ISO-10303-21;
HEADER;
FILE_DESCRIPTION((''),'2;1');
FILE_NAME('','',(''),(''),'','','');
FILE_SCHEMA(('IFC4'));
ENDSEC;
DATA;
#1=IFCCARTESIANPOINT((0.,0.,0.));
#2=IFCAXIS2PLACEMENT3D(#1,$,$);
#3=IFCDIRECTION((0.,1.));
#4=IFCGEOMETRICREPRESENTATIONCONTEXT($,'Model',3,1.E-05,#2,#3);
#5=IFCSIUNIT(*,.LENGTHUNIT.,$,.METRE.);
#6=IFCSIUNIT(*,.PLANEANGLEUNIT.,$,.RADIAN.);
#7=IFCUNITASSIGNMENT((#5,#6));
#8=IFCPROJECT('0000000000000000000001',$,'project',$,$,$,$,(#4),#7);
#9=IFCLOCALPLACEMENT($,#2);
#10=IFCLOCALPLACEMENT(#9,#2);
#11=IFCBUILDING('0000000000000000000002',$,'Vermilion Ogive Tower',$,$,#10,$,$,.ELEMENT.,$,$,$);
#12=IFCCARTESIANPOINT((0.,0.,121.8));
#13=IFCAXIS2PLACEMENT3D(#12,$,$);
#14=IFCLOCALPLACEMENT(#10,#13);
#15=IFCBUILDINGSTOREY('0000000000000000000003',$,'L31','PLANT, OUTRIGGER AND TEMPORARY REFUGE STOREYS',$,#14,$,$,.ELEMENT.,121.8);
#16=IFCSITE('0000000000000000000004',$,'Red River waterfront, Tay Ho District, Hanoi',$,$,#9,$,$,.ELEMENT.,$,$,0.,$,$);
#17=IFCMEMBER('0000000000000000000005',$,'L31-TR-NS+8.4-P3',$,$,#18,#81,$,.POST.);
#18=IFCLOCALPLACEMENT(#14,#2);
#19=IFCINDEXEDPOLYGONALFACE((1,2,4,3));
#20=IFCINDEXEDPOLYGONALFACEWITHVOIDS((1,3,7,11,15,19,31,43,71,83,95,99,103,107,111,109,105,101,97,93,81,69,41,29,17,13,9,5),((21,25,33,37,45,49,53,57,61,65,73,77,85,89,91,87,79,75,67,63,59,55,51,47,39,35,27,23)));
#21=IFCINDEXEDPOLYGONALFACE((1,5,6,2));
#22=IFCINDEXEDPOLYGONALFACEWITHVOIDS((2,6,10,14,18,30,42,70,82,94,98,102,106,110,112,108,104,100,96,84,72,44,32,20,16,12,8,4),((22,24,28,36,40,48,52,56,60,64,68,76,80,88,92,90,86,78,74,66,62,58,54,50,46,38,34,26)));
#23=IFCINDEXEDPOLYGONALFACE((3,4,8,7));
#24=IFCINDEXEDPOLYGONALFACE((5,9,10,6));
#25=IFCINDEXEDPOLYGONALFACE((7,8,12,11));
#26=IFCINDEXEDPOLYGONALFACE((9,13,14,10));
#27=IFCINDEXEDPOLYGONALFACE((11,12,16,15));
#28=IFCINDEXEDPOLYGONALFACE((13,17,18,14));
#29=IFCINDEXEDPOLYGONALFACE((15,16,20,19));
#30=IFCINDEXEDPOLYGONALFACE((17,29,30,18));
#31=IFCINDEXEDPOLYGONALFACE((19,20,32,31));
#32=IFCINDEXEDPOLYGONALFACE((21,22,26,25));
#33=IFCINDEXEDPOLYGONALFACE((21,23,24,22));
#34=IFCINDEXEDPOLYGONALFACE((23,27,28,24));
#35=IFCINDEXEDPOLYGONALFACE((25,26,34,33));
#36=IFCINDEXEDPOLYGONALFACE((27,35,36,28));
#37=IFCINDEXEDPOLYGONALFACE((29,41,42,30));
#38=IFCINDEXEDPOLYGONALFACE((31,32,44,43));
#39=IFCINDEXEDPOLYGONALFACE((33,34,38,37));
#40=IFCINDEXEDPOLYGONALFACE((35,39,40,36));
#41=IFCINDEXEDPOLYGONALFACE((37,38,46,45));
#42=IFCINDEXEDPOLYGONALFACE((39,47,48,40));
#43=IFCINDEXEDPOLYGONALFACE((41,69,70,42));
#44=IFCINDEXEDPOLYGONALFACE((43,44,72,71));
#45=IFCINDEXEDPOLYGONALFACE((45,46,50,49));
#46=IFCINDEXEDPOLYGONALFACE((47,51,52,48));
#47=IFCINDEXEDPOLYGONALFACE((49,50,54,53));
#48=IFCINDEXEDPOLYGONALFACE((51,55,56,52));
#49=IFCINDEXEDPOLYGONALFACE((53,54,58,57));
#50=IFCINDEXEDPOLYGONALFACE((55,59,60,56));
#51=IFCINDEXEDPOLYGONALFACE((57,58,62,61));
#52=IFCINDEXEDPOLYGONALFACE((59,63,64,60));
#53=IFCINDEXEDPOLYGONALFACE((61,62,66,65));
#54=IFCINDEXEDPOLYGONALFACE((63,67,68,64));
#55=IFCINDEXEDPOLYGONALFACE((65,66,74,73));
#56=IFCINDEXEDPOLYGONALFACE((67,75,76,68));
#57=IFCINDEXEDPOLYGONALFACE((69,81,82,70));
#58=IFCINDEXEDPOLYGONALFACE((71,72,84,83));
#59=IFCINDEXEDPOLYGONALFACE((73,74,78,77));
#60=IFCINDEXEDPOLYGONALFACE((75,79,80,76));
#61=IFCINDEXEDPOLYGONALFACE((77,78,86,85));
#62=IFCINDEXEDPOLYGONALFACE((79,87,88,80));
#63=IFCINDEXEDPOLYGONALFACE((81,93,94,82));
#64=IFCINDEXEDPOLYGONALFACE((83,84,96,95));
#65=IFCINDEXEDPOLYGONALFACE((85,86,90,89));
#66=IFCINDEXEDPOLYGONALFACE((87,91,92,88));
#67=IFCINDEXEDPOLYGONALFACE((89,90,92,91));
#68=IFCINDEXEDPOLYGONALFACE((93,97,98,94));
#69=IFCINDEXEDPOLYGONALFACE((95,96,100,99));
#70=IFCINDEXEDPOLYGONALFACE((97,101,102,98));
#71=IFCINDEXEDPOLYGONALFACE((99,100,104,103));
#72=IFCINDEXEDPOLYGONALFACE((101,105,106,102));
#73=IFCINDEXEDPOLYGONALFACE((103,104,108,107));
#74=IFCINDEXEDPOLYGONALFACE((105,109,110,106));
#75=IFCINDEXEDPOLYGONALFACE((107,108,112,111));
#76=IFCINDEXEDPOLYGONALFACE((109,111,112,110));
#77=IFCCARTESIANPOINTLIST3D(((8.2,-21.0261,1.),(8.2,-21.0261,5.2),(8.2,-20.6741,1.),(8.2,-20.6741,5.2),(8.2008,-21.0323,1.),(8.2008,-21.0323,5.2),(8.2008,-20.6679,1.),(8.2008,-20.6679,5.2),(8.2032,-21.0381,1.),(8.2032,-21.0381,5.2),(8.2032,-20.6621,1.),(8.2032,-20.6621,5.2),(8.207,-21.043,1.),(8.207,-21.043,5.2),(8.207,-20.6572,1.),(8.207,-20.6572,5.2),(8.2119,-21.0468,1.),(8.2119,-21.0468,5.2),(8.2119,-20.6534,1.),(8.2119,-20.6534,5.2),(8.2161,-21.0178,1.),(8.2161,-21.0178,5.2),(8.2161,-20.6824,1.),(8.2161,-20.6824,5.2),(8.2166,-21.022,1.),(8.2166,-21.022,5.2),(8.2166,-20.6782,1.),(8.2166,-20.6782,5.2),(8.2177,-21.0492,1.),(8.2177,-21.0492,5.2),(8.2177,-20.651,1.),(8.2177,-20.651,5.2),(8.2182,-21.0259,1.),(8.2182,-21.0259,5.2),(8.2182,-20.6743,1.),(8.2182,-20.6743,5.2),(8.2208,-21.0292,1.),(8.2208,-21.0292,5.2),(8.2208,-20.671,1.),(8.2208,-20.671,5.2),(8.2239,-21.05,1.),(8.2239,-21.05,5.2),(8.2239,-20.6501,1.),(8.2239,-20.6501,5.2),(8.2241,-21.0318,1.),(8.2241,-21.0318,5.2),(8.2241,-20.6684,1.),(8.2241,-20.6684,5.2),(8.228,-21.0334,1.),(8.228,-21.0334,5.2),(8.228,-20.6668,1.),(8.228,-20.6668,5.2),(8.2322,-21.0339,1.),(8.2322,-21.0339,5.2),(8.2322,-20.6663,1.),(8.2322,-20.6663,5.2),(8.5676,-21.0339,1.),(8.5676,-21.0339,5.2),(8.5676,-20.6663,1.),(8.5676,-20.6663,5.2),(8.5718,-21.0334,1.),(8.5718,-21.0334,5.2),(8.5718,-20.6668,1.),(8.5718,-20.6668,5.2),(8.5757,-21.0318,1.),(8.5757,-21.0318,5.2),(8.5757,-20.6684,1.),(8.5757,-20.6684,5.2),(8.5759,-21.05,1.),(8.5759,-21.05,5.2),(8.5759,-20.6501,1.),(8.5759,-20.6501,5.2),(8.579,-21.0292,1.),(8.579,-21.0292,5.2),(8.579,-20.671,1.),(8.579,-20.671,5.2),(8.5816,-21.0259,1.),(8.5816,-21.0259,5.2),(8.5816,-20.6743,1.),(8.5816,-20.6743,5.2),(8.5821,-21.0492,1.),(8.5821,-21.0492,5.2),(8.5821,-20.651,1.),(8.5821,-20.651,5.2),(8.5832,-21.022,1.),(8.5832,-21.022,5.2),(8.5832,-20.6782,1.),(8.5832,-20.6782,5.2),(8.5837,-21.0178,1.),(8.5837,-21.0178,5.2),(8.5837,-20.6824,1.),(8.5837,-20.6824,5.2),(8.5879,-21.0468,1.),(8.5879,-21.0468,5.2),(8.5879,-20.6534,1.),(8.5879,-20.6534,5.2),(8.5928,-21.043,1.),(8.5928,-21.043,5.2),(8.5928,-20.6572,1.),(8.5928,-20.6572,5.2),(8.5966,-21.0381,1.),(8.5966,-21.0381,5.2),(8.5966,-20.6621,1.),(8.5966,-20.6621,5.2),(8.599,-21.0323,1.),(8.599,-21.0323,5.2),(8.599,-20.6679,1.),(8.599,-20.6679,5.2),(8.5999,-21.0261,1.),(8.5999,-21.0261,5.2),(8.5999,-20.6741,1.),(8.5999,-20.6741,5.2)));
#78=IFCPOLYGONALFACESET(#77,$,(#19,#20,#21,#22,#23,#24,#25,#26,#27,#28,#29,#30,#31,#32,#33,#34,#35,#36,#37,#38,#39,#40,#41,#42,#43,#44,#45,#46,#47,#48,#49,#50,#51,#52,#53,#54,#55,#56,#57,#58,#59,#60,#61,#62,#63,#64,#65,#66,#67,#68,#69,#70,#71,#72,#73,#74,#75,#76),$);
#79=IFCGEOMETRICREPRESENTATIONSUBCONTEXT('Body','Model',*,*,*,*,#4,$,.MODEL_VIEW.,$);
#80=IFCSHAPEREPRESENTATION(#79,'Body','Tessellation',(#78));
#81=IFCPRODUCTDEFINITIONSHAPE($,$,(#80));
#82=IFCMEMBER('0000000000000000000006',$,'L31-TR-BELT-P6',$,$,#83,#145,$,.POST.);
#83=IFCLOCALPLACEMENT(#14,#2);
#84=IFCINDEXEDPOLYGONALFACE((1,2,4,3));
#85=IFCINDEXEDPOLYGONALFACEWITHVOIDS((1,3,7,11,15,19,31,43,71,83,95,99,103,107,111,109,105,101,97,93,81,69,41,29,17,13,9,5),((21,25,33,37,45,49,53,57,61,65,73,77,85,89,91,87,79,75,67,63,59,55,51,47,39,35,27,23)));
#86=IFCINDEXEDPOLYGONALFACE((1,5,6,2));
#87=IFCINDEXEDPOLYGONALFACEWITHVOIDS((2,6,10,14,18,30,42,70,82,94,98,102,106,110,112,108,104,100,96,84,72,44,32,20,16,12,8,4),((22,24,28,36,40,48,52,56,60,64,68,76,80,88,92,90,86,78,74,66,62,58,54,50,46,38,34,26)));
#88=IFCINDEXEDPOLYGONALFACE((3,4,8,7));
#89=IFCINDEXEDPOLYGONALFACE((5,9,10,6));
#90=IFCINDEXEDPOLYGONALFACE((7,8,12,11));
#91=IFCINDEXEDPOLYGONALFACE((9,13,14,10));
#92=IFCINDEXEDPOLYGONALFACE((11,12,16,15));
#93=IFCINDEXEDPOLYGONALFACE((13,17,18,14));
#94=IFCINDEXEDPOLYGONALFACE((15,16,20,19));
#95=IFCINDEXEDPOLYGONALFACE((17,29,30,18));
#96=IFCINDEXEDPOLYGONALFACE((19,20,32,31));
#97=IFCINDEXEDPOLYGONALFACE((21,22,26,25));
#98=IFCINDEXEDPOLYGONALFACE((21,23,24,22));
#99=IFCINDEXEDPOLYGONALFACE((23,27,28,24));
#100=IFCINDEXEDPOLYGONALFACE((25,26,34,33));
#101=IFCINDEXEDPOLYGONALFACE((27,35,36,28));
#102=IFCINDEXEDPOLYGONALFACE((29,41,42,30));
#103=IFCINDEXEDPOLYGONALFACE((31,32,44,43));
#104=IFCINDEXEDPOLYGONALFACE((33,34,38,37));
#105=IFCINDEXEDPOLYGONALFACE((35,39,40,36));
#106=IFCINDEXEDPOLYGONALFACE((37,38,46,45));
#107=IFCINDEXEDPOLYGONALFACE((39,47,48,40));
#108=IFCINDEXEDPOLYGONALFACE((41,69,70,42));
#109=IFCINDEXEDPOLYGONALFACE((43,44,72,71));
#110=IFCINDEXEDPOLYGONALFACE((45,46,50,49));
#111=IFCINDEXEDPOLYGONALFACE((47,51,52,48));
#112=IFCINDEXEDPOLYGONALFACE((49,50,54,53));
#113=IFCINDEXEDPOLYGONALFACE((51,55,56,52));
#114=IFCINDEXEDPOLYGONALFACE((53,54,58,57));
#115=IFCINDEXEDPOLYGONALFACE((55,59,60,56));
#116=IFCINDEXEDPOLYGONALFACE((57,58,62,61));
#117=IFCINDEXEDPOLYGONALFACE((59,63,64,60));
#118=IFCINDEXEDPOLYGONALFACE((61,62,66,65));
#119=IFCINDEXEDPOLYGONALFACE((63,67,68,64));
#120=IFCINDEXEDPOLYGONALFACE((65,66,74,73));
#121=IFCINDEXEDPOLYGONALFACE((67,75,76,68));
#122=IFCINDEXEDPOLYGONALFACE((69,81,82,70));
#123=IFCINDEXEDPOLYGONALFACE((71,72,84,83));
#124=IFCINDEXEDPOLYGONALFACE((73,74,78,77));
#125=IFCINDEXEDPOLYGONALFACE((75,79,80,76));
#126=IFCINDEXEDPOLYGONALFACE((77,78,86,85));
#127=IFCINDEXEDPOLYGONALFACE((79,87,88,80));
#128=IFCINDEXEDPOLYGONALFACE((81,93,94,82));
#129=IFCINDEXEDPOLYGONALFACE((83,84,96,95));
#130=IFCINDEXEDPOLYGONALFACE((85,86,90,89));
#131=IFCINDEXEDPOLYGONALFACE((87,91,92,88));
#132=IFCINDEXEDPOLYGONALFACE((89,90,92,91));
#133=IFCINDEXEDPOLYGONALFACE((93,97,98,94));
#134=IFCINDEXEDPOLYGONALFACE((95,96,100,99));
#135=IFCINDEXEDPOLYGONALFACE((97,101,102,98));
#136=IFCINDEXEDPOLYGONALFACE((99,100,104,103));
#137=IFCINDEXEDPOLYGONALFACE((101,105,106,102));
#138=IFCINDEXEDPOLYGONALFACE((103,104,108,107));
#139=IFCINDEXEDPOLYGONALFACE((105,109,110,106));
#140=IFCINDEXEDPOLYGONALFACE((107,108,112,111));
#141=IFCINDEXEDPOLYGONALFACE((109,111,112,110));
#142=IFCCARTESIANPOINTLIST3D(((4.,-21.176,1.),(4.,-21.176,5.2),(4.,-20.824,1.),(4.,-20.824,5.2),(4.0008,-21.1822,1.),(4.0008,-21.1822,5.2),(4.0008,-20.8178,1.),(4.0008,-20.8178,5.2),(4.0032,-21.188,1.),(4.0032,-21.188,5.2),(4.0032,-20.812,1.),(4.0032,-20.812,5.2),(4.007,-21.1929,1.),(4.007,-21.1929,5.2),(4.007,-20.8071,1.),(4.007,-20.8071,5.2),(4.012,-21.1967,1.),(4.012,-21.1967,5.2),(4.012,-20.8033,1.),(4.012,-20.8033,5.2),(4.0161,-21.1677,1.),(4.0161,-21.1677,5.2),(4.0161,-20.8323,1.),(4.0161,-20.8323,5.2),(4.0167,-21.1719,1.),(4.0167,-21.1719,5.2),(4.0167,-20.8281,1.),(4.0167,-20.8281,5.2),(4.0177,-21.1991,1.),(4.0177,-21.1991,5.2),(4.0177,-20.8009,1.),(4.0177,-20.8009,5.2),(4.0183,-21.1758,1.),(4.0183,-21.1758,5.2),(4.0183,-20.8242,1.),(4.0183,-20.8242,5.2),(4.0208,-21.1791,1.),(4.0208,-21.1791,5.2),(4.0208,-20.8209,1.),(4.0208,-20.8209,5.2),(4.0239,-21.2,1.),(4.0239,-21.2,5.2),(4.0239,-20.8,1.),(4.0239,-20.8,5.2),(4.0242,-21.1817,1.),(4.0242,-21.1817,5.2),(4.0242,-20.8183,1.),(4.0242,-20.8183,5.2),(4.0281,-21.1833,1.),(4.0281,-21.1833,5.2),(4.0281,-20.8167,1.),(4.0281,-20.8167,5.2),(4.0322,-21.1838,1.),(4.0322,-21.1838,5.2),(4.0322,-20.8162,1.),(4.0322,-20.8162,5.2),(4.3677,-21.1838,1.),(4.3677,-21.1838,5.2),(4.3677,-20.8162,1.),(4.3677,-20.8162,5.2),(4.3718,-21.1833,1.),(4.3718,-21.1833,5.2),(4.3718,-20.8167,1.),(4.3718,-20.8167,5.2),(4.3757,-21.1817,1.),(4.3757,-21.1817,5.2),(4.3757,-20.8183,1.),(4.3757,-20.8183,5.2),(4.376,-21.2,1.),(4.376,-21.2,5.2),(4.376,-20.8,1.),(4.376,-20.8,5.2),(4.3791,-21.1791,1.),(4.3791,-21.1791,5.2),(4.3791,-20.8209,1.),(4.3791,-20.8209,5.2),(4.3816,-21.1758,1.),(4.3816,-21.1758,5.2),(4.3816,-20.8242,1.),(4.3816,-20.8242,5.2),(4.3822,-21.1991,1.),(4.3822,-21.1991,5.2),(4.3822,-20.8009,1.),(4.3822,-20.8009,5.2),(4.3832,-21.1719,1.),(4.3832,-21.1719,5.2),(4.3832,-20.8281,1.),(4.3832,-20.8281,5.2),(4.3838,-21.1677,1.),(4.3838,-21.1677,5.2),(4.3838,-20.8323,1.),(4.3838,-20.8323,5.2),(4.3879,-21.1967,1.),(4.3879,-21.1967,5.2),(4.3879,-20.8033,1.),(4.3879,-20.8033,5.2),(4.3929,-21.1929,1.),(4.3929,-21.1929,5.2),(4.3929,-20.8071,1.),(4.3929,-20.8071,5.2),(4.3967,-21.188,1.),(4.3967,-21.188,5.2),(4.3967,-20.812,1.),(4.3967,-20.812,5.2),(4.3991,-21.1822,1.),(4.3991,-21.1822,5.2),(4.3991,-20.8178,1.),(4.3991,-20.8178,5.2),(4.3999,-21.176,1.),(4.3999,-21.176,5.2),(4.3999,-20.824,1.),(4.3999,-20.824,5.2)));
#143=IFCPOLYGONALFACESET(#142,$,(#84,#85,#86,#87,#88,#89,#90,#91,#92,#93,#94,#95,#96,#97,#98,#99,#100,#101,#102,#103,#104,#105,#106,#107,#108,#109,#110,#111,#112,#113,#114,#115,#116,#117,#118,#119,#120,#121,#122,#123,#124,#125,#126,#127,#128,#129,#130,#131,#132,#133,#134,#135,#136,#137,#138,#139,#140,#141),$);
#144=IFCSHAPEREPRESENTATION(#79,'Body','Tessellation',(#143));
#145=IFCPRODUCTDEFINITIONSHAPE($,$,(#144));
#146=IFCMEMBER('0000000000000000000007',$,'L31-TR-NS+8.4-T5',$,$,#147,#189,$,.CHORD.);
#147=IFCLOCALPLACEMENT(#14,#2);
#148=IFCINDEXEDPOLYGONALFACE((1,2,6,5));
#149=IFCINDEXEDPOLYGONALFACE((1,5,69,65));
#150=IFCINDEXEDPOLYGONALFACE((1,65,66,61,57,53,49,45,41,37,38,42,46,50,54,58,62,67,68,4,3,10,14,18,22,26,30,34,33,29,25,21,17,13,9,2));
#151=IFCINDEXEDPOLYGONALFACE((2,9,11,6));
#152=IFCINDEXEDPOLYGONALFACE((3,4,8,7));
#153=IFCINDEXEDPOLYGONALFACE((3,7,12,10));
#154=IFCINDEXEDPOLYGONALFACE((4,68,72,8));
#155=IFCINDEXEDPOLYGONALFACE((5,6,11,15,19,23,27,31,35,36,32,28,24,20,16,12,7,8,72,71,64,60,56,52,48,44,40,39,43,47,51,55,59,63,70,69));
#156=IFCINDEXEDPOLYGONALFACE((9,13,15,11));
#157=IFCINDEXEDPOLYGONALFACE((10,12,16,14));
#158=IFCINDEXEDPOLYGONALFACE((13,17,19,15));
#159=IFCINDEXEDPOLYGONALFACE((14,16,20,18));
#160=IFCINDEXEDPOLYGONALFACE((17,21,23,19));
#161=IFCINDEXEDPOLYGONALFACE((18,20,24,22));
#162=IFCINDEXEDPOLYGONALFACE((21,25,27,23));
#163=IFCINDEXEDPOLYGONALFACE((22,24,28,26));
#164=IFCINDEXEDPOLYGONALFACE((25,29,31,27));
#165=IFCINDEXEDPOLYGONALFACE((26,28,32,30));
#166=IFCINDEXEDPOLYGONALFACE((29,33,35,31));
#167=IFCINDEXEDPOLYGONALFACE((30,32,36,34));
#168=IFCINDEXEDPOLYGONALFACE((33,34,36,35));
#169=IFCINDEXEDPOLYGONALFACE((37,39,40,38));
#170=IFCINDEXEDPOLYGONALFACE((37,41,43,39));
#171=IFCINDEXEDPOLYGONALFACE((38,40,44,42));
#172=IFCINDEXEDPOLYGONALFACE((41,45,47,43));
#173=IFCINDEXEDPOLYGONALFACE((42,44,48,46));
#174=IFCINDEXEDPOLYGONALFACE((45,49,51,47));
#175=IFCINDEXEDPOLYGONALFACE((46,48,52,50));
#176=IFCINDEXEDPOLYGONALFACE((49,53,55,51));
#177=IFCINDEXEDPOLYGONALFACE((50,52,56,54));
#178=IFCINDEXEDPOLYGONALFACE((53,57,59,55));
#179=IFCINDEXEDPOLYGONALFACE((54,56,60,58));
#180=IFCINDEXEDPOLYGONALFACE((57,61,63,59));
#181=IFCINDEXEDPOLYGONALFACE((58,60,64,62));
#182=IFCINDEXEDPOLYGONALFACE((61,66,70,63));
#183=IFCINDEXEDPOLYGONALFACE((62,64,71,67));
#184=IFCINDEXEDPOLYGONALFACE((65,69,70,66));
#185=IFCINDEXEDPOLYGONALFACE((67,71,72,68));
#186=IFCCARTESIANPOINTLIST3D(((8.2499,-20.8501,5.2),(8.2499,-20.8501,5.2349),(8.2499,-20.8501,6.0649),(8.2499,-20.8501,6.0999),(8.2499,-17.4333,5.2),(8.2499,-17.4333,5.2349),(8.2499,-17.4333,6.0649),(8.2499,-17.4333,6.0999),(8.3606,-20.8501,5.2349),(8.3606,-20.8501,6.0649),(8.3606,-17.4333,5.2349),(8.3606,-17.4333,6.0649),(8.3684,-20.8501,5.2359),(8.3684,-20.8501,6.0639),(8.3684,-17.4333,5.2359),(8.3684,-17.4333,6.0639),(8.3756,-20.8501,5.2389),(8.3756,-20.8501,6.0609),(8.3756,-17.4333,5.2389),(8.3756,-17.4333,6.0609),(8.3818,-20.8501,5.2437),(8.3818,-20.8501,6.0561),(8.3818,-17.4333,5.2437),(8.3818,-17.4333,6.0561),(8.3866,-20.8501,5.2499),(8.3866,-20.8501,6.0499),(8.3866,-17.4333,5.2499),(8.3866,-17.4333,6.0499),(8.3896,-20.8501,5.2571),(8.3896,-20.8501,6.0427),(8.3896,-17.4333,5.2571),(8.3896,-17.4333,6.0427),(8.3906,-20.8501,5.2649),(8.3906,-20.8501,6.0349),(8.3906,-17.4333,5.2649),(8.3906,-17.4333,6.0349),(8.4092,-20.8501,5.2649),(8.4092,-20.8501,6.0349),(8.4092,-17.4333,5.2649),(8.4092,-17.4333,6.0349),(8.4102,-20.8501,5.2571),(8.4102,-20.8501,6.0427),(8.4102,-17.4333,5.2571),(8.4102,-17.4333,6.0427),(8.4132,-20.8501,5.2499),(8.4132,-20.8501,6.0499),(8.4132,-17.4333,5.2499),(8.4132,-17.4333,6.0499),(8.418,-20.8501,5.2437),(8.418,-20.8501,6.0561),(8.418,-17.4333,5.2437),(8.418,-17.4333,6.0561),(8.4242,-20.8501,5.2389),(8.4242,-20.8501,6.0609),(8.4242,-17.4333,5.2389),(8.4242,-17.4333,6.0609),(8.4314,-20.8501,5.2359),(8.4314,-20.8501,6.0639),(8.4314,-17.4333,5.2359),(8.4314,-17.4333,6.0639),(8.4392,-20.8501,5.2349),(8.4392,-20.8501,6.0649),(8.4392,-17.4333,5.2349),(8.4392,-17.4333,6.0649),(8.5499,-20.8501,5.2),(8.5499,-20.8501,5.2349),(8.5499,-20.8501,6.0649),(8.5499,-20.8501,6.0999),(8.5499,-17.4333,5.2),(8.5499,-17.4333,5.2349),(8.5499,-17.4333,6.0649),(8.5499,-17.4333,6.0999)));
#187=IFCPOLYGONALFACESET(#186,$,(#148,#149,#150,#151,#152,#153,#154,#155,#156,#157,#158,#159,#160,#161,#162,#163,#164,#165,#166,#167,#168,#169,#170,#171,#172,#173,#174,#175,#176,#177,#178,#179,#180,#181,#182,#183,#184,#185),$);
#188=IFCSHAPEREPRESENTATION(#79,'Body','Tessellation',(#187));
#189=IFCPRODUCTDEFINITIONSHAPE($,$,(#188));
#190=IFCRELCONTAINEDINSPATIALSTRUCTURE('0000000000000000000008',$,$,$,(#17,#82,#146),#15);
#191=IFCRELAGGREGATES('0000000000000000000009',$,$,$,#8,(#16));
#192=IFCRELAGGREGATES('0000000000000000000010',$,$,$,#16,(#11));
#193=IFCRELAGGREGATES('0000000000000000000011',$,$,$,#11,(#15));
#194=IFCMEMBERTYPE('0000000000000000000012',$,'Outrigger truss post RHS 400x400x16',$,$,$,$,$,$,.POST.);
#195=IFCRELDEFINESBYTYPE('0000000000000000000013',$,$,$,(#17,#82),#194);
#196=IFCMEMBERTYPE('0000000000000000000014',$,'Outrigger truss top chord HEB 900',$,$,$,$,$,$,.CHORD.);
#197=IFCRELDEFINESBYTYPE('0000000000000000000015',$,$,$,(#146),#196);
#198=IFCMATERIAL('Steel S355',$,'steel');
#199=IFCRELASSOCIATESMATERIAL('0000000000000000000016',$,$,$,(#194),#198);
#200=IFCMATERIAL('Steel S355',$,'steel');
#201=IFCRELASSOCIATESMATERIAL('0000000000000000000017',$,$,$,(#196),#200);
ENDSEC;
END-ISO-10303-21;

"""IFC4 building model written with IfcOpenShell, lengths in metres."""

from ifc_helpers import new_model, si_unit, direction, frame, origin, origin_2d, place, context, subcontext, project, spatial, hollow_rectangle, i_section, extrude, material, material_profile, profile_set, type_object, element, save


model = new_model("IFC4")

# Units and contexts
model_context = context("Model", 3, precision=1e-05, world=origin(), true_north=direction((0.0, 1.0)))
body_context = subcontext(model_context, "Body", "Model", "MODEL_VIEW")
ifc_project = project(units=[si_unit("LENGTHUNIT", "METRE"), si_unit("PLANEANGLEUNIT", "RADIAN")], contexts=[model_context])

# Site, building, storey
site_placement = place(None, origin())
site = spatial("IfcSite", under=ifc_project, at=site_placement, Name="Red River waterfront, Tay Ho District, Hanoi", CompositionType="ELEMENT", RefElevation=0.0)
building_placement = place(site_placement, origin())
building = spatial("IfcBuilding", under=site, at=building_placement, Name="Vermilion Ogive Tower", CompositionType="ELEMENT")
storey_placement = place(building_placement, frame((0.0, 0.0, 121.8)))
storey = spatial("IfcBuildingStorey", under=building, at=storey_placement, Name="L31", Description="PLANT, OUTRIGGER AND TEMPORARY REFUGE STOREYS", CompositionType="ELEMENT", Elevation=121.8)

# Members
ifc_material_1 = material(Name="Steel S355", Category="steel")
ifc_material_profile_1 = material_profile(ifc_material_1, hollow_rectangle(XDim=0.3999, YDim=0.3999, WallThickness=0.0161, InnerFilletRadius=0.0161, OuterFilletRadius=0.0239, at=origin_2d()), Name="RHS 400x400x16")
ifc_profile_set_1 = profile_set([ifc_material_profile_1], Name="Steel S355")
member_type_1 = type_object("IfcMemberType", Name="Outrigger truss post RHS 400x400x16", PredefinedType="POST", material=ifc_profile_set_1)
for number, where, z_axis, x_axis, name in (
    (1, (8.3999, -20.8501, 1.0), (0.0, 0.0, 1.0), (1.0, 0.0, 0.0), "L31-TR-NS+8.4-P3"),
    (2, (4.2, -21.0, 1.0), (0.0, 0.0, 1.0), (1.0, 0.0, 0.0), "L31-TR-BELT-P6"),
):
    element("IfcMember", number, at=place(storey_placement, frame(where, z_axis=z_axis, x_axis=x_axis)), inside=storey, type_object=member_type_1, Name=name, PredefinedType="POST", context=body_context, shape_type="SweptSolid", body=[
        extrude(hollow_rectangle(XDim=0.3999, YDim=0.3999, WallThickness=0.0161, InnerFilletRadius=0.0161, OuterFilletRadius=0.0239, at=origin_2d()), origin(), (0.0, 0.0, 1.0), 4.2),
    ])
ifc_material_2 = material(Name="Steel S355", Category="steel")
ifc_material_profile_2 = material_profile(ifc_material_2, i_section(OverallWidth=0.3, OverallDepth=0.8999, WebThickness=0.0186, FlangeThickness=0.0349, FilletRadius=0.03, at=origin_2d()), Name="HEB 900")
ifc_profile_set_2 = profile_set([ifc_material_profile_2], Name="Steel S355")
member_type_2 = type_object("IfcMemberType", Name="Outrigger truss top chord HEB 900", PredefinedType="CHORD", material=ifc_profile_set_2)
member_1_placement = place(storey_placement, frame((8.3999, -17.4333, 5.6499), z_axis=(0.0, -1.0, 0.0), x_axis=(1.0, 0.0, 0.0)))
element("IfcMember", 3, at=member_1_placement, inside=storey, type_object=member_type_2, Name="L31-TR-NS+8.4-T5", PredefinedType="CHORD", context=body_context, shape_type="SweptSolid", body=[
    extrude(i_section(OverallWidth=0.3, OverallDepth=0.8999, WebThickness=0.0186, FlangeThickness=0.0349, FilletRadius=0.03, at=origin_2d()), origin(), (0.0, 0.0, 1.0), 3.4167),
])

save(model, "model.ifc")
